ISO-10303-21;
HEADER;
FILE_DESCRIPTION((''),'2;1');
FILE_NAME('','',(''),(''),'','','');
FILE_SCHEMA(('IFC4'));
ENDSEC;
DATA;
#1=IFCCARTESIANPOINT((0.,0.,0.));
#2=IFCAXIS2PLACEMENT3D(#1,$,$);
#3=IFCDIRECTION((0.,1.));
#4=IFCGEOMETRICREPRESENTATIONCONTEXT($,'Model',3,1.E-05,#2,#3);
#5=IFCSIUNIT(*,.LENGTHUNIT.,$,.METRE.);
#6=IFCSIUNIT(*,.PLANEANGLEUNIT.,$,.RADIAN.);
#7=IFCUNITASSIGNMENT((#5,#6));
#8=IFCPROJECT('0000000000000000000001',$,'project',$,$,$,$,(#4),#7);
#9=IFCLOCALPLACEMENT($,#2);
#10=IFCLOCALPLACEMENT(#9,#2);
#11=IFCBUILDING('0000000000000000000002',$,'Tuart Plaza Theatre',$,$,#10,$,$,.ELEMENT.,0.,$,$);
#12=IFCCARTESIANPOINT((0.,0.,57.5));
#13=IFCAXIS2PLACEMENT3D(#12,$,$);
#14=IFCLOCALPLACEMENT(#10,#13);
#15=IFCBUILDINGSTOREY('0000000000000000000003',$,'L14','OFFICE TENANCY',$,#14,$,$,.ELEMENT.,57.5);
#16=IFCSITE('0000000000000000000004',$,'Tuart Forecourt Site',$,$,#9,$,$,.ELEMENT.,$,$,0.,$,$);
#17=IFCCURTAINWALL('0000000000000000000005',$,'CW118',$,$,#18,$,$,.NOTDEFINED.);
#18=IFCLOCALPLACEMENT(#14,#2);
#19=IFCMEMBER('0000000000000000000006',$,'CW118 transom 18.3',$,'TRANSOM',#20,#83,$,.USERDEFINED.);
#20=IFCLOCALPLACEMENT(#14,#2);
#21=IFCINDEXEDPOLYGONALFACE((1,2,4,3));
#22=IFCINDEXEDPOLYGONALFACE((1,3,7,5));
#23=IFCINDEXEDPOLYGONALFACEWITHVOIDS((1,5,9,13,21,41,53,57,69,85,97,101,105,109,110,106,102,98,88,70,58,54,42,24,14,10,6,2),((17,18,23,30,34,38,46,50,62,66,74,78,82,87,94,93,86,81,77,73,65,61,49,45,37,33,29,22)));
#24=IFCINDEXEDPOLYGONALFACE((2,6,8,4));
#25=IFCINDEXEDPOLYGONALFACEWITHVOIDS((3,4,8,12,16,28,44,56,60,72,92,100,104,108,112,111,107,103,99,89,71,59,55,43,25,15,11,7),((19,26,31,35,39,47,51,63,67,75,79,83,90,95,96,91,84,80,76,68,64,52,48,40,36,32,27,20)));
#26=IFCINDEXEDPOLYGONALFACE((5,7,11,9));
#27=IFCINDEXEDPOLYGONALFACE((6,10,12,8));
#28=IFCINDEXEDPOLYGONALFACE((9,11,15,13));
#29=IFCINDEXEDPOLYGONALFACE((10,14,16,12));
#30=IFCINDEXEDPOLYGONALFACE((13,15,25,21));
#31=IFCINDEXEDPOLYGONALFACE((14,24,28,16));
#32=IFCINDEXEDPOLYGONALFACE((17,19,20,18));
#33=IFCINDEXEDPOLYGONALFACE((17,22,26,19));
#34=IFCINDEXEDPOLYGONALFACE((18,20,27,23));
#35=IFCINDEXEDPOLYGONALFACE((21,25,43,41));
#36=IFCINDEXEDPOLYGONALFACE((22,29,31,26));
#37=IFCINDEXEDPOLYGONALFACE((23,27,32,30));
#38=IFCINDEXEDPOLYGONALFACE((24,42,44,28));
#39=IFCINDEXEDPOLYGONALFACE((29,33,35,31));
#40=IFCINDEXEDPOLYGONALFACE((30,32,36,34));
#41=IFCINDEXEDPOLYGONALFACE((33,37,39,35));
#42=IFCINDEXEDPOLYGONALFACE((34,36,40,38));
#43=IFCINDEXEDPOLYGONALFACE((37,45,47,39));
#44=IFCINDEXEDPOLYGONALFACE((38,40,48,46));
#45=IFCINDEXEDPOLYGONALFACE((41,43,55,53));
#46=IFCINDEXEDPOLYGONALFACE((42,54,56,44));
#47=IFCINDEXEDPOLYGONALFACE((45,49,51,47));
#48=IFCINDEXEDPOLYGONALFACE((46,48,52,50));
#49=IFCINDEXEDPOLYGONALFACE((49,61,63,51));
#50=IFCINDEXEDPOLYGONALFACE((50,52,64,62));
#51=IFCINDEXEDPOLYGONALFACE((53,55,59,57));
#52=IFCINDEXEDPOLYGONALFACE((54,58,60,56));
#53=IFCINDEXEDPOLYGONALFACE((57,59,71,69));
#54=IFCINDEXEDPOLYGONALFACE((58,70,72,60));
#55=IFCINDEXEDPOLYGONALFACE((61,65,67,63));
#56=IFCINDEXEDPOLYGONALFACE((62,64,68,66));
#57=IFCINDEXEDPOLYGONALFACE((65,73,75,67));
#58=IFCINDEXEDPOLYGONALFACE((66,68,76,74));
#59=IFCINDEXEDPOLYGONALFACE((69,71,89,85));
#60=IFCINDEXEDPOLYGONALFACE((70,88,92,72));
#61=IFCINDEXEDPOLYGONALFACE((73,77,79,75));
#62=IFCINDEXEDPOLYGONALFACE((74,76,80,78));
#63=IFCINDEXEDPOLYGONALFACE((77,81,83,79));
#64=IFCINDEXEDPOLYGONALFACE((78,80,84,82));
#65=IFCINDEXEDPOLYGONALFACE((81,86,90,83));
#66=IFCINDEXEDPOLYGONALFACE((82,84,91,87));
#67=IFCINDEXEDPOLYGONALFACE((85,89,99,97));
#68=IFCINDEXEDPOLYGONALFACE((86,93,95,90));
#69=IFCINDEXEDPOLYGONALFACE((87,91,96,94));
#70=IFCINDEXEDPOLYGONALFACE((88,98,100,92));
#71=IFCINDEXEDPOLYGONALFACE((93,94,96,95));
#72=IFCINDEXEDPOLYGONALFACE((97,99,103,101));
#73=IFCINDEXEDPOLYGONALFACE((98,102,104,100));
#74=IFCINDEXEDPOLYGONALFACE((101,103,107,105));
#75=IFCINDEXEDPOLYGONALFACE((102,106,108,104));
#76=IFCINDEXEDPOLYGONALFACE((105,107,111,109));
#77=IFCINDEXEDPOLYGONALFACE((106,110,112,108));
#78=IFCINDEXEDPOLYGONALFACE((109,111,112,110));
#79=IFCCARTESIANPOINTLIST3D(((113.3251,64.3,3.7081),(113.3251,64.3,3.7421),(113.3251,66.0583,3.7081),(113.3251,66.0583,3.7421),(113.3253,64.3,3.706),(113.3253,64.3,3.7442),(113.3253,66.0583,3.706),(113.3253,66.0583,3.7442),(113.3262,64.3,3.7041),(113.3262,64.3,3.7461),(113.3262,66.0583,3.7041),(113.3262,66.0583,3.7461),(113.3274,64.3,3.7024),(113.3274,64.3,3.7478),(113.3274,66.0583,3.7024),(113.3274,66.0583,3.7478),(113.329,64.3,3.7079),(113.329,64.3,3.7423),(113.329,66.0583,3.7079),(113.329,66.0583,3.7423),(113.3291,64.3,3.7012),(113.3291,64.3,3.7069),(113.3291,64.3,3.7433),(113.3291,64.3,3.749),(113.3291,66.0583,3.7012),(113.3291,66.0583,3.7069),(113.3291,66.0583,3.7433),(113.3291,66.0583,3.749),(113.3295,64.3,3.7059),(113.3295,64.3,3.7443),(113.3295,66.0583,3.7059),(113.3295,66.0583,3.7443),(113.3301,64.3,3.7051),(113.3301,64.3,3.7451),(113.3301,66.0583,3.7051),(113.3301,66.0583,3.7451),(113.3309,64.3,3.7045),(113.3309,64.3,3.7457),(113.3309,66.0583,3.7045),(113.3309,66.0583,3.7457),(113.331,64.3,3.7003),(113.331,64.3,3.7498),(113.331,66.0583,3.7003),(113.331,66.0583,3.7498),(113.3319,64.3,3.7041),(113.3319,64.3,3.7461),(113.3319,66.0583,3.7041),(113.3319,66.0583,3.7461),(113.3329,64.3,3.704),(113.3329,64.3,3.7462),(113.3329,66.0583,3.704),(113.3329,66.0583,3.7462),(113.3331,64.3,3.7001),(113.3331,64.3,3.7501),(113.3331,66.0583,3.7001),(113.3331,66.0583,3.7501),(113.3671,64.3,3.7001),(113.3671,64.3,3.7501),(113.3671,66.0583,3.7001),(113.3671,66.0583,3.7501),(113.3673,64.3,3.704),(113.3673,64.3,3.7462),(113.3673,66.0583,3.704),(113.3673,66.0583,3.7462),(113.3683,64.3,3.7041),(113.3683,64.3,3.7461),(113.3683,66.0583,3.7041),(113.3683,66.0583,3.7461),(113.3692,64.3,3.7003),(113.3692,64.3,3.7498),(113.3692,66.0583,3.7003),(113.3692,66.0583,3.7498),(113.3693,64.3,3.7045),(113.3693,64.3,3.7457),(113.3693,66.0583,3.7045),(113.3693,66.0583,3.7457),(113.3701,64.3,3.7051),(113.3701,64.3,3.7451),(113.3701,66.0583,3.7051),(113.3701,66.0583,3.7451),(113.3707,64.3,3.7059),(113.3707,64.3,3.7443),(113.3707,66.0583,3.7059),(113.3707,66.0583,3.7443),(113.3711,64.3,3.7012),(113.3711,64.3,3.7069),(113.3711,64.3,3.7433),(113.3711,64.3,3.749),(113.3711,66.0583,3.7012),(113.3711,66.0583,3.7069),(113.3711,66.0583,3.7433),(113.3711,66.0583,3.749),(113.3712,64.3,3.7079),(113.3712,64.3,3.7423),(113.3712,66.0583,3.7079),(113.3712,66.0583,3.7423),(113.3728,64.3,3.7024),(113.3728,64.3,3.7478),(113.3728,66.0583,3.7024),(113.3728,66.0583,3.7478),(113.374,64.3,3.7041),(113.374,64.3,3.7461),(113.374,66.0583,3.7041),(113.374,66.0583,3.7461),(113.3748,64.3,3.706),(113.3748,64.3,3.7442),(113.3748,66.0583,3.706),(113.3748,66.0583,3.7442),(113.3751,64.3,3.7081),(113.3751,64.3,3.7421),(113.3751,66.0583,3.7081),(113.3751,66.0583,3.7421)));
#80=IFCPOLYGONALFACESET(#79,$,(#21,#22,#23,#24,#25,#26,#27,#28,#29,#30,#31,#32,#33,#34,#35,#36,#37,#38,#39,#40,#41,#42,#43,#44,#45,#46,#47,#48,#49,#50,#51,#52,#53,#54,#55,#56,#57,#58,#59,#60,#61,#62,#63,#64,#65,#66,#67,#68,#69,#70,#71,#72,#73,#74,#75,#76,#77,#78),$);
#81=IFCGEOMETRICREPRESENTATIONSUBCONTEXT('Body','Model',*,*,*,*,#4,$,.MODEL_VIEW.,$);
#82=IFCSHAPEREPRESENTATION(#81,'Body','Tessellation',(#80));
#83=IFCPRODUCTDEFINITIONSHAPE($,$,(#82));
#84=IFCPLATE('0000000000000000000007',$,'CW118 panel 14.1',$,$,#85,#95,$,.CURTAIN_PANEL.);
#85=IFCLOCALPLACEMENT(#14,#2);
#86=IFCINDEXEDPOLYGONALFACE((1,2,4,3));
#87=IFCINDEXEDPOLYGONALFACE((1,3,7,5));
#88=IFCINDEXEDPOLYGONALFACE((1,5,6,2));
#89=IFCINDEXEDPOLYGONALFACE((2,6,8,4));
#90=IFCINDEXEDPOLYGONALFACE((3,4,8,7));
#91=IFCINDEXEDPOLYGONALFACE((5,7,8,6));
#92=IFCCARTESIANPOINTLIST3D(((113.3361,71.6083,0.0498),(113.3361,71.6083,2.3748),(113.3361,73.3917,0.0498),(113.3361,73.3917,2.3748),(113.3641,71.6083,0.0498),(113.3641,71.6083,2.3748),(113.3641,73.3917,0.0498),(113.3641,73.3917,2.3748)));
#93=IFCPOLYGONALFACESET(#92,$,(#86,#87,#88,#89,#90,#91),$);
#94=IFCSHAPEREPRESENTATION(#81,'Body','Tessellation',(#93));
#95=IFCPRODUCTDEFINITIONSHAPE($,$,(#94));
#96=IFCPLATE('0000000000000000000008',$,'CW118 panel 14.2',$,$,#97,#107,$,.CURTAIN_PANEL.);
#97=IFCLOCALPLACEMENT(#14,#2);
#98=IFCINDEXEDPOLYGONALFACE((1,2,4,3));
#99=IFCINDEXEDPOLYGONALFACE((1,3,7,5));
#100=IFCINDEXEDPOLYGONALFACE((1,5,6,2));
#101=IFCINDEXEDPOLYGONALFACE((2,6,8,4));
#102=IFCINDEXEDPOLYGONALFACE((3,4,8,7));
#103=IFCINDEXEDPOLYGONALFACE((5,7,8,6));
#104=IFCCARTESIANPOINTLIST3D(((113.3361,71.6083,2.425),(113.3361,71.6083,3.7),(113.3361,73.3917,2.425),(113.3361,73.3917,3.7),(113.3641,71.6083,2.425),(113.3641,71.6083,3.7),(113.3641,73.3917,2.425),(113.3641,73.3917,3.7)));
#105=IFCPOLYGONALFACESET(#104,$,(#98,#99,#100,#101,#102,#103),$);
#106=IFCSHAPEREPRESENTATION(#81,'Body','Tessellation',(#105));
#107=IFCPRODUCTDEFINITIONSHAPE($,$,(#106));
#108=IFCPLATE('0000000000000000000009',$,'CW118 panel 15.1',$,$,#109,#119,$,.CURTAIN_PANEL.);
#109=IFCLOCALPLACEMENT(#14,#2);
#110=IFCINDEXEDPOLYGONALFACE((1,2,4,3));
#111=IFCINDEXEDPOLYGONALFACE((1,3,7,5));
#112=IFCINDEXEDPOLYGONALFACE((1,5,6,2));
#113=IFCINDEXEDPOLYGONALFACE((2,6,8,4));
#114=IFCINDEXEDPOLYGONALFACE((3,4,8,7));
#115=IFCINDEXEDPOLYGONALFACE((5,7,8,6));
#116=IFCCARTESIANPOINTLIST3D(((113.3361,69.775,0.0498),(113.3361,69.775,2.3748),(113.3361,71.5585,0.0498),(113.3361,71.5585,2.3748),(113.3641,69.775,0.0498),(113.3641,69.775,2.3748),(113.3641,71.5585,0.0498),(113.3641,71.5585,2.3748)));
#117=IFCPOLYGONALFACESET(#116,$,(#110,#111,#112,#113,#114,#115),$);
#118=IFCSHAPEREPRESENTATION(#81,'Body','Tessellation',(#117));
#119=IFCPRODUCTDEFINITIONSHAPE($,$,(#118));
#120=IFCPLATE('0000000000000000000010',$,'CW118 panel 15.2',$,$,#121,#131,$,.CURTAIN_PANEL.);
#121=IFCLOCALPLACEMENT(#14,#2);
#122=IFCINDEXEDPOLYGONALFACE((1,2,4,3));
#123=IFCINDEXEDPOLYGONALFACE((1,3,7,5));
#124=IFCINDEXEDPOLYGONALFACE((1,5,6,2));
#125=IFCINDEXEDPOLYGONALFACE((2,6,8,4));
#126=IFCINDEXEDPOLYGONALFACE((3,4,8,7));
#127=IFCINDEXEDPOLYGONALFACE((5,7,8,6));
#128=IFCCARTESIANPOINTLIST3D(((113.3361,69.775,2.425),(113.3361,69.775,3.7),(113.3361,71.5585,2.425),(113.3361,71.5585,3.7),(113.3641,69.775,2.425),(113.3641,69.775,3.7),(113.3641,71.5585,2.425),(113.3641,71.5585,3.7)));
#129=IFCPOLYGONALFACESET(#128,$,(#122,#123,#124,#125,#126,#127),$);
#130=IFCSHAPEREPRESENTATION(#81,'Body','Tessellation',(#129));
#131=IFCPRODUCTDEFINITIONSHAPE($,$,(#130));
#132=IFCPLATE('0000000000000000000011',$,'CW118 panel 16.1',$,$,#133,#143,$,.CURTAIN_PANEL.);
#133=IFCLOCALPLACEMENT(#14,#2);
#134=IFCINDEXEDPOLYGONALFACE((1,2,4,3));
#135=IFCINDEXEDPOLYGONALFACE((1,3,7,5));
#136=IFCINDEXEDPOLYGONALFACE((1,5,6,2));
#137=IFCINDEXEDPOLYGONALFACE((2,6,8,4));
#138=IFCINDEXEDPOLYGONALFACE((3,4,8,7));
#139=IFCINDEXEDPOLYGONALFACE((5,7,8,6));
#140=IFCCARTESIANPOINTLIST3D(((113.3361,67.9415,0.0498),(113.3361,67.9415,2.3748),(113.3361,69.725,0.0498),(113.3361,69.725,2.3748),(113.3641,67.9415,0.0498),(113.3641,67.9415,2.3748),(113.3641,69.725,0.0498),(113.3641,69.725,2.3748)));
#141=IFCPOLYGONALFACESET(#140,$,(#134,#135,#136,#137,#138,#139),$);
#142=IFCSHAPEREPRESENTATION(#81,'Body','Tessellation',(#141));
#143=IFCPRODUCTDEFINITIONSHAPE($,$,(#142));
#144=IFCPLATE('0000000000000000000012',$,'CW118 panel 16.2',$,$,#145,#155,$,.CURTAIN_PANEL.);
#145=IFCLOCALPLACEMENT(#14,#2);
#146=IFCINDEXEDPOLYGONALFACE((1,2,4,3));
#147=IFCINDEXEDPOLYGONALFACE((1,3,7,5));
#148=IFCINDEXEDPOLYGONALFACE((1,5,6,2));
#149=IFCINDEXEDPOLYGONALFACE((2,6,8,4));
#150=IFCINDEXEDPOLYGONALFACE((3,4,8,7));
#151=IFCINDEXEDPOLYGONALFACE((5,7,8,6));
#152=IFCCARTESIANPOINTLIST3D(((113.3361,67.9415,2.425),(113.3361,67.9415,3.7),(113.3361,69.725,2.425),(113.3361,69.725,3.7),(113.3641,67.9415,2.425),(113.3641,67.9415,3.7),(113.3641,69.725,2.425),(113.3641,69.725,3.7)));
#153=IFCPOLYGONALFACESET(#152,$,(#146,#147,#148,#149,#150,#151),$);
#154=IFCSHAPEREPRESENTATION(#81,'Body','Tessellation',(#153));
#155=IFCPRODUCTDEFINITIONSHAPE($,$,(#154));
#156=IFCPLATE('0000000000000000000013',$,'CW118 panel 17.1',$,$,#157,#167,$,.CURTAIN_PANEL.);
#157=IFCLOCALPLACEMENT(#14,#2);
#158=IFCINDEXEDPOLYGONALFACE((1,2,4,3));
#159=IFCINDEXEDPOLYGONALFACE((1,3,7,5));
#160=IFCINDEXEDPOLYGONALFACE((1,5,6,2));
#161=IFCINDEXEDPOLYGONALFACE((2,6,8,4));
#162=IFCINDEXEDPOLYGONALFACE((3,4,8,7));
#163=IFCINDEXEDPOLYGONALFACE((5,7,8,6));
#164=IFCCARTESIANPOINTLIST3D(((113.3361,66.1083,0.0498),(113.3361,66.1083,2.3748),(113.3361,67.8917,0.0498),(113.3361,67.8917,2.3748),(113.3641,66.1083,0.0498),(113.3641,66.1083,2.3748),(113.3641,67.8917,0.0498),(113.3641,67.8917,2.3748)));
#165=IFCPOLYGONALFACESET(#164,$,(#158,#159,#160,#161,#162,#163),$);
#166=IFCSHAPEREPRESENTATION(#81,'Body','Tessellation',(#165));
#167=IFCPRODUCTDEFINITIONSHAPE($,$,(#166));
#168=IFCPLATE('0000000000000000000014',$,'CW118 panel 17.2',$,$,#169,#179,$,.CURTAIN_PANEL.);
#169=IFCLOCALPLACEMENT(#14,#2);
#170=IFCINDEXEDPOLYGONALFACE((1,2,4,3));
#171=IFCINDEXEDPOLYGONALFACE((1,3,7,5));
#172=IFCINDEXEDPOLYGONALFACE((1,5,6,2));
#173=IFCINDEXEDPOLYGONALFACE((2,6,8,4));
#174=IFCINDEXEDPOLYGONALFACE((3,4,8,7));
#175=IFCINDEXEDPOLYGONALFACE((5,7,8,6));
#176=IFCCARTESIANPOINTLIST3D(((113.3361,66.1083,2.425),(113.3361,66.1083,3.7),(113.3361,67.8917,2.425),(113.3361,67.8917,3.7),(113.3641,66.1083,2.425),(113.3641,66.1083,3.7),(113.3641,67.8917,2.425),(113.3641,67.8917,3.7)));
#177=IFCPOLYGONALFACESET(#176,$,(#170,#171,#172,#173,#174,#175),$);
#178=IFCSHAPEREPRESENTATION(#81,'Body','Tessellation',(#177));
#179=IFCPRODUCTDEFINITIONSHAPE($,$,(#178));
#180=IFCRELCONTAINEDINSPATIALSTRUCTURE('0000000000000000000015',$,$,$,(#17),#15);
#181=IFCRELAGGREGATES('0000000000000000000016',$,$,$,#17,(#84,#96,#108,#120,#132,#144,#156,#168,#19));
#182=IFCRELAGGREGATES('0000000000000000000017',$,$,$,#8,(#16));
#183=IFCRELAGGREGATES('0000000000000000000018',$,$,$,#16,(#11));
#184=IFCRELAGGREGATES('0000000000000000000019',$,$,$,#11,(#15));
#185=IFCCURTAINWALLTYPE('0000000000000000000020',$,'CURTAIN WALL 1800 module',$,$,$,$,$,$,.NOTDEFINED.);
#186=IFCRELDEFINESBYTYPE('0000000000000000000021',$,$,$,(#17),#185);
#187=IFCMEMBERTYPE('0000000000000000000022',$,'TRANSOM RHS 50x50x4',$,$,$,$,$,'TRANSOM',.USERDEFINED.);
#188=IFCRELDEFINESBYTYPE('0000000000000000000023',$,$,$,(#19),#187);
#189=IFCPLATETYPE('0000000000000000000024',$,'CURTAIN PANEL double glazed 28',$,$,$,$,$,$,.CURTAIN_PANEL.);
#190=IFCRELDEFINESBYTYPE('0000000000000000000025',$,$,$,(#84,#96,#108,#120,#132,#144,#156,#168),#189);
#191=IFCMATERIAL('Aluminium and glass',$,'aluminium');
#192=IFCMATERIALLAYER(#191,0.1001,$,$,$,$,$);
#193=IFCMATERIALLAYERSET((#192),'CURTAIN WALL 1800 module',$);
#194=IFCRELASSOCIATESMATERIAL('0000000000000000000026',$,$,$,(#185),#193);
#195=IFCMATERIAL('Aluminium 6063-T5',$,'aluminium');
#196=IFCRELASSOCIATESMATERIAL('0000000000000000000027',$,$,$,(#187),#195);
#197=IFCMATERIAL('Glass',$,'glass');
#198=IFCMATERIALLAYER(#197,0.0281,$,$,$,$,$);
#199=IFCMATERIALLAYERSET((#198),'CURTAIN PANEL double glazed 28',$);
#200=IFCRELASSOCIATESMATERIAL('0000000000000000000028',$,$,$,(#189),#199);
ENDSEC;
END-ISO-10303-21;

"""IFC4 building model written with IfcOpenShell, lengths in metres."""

from ifc_helpers import new_model, si_unit, direction, frame, origin, origin_2d, place, context, subcontext, project, spatial, rectangle, hollow_rectangle, extrude, material, layer, layer_set, material_profile, profile_set, type_object, element, aggregate, save


model = new_model("IFC4")

# Units and contexts
model_context = context("Model", 3, precision=1e-05, world=origin(), true_north=direction((0.0, 1.0)))
body_context = subcontext(model_context, "Body", "Model", "MODEL_VIEW")
ifc_project = project(units=[si_unit("LENGTHUNIT", "METRE"), si_unit("PLANEANGLEUNIT", "RADIAN")], contexts=[model_context])

# Site, building, storey
site_placement = place(None, origin())
site = spatial("IfcSite", under=ifc_project, at=site_placement, Name="Tuart Forecourt Site", CompositionType="ELEMENT", RefElevation=0.0)
building_placement = place(site_placement, origin())
building = spatial("IfcBuilding", under=site, at=building_placement, Name="Tuart Plaza Theatre", CompositionType="ELEMENT", ElevationOfRefHeight=0.0)
storey_placement = place(building_placement, frame((0.0, 0.0, 57.5)))
storey = spatial("IfcBuildingStorey", under=building, at=storey_placement, Name="L14", Description="OFFICE TENANCY", CompositionType="ELEMENT", Elevation=57.5)

# Curtain wall, member, plates
ifc_material_1 = material(Name="Aluminium and glass", Category="aluminium")
ifc_layer_1 = layer(ifc_material_1, 0.1001)
ifc_layer_set_1 = layer_set([ifc_layer_1], Name="CURTAIN WALL 1800 module")
curtain_wall_type = type_object("IfcCurtainWallType", Name="CURTAIN WALL 1800 module", PredefinedType="NOTDEFINED", material=ifc_layer_set_1)
curtain_wall_placement = place(storey_placement, origin())
curtain_wall = element("IfcCurtainWall", 1, at=curtain_wall_placement, inside=storey, type_object=curtain_wall_type, Name="CW118", PredefinedType="NOTDEFINED")
ifc_material_2 = material(Name="Aluminium 6063-T5", Category="aluminium")
ifc_material_profile = material_profile(ifc_material_2, hollow_rectangle(XDim=0.05, YDim=0.05, WallThickness=0.0039, InnerFilletRadius=0.0039, OuterFilletRadius=0.0081, at=origin_2d()), Name="RHS 50x50x4")
ifc_profile_set = profile_set([ifc_material_profile], Name="Aluminium 6063-T5")
member_type = type_object("IfcMemberType", Name="TRANSOM RHS 50x50x4", ElementType="TRANSOM", PredefinedType="USERDEFINED", material=ifc_profile_set)
member_1_placement = place(storey_placement, frame((113.3501, 66.0583, 3.7251), z_axis=(0.0, -1.0, 0.0), x_axis=(1.0, 0.0, 0.0)))
member_1 = element("IfcMember", 2, at=member_1_placement, type_object=member_type, Name="CW118 transom 18.3", ObjectType="TRANSOM", PredefinedType="USERDEFINED", context=body_context, shape_type="SweptSolid", body=[
    extrude(hollow_rectangle(XDim=0.05, YDim=0.05, WallThickness=0.0039, InnerFilletRadius=0.0039, OuterFilletRadius=0.0081, at=origin_2d()), origin(), (0.0, 0.0, 1.0), 1.7583),
])
ifc_material_3 = material(Name="Glass", Category="glass")
ifc_layer_2 = layer(ifc_material_3, 0.0281)
ifc_layer_set_2 = layer_set([ifc_layer_2], Name="CURTAIN PANEL double glazed 28")
plate_type = type_object("IfcPlateType", Name="CURTAIN PANEL double glazed 28", PredefinedType="CURTAIN_PANEL", material=ifc_layer_set_2)
plate_1_placement = place(storey_placement, frame((113.3501, 72.5, 0.0498), z_axis=(0.0, 0.0, 1.0), x_axis=(0.0, -1.0, 0.0)))
plate_1 = element("IfcPlate", 3, at=plate_1_placement, type_object=plate_type, Name="CW118 panel 14.1", PredefinedType="CURTAIN_PANEL", context=body_context, shape_type="SweptSolid", body=[
    extrude(rectangle(XDim=1.7834, YDim=0.0281, at=origin_2d()), origin(), (0.0, 0.0, 1.0), 2.325),
])
plate_2_placement = place(storey_placement, frame((113.3501, 72.5, 2.425), z_axis=(0.0, 0.0, 1.0), x_axis=(0.0, -1.0, 0.0)))
plate_2 = element("IfcPlate", 4, at=plate_2_placement, type_object=plate_type, Name="CW118 panel 14.2", PredefinedType="CURTAIN_PANEL", context=body_context, shape_type="SweptSolid", body=[
    extrude(rectangle(XDim=1.7834, YDim=0.0281, at=origin_2d()), origin(), (0.0, 0.0, 1.0), 1.2749),
])
plate_3_placement = place(storey_placement, frame((113.3501, 70.6667, 0.0498), z_axis=(0.0, 0.0, 1.0), x_axis=(0.0, -1.0, 0.0)))
plate_3 = element("IfcPlate", 5, at=plate_3_placement, type_object=plate_type, Name="CW118 panel 15.1", PredefinedType="CURTAIN_PANEL", context=body_context, shape_type="SweptSolid", body=[
    extrude(rectangle(XDim=1.7834, YDim=0.0281, at=origin_2d()), origin(), (0.0, 0.0, 1.0), 2.325),
])
plate_4_placement = place(storey_placement, frame((113.3501, 70.6667, 2.425), z_axis=(0.0, 0.0, 1.0), x_axis=(0.0, -1.0, 0.0)))
plate_4 = element("IfcPlate", 6, at=plate_4_placement, type_object=plate_type, Name="CW118 panel 15.2", PredefinedType="CURTAIN_PANEL", context=body_context, shape_type="SweptSolid", body=[
    extrude(rectangle(XDim=1.7834, YDim=0.0281, at=origin_2d()), origin(), (0.0, 0.0, 1.0), 1.2749),
])
plate_5_placement = place(storey_placement, frame((113.3501, 68.8333, 0.0498), z_axis=(0.0, 0.0, 1.0), x_axis=(0.0, -1.0, 0.0)))
plate_5 = element("IfcPlate", 7, at=plate_5_placement, type_object=plate_type, Name="CW118 panel 16.1", PredefinedType="CURTAIN_PANEL", context=body_context, shape_type="SweptSolid", body=[
    extrude(rectangle(XDim=1.7834, YDim=0.0281, at=origin_2d()), origin(), (0.0, 0.0, 1.0), 2.325),
])
plate_6_placement = place(storey_placement, frame((113.3501, 68.8333, 2.425), z_axis=(0.0, 0.0, 1.0), x_axis=(0.0, -1.0, 0.0)))
plate_6 = element("IfcPlate", 8, at=plate_6_placement, type_object=plate_type, Name="CW118 panel 16.2", PredefinedType="CURTAIN_PANEL", context=body_context, shape_type="SweptSolid", body=[
    extrude(rectangle(XDim=1.7834, YDim=0.0281, at=origin_2d()), origin(), (0.0, 0.0, 1.0), 1.2749),
])
plate_7_placement = place(storey_placement, frame((113.3501, 67.0, 0.0498), z_axis=(0.0, 0.0, 1.0), x_axis=(0.0, -1.0, 0.0)))
plate_7 = element("IfcPlate", 9, at=plate_7_placement, type_object=plate_type, Name="CW118 panel 17.1", PredefinedType="CURTAIN_PANEL", context=body_context, shape_type="SweptSolid", body=[
    extrude(rectangle(XDim=1.7834, YDim=0.0281, at=origin_2d()), origin(), (0.0, 0.0, 1.0), 2.325),
])
plate_8_placement = place(storey_placement, frame((113.3501, 67.0, 2.425), z_axis=(0.0, 0.0, 1.0), x_axis=(0.0, -1.0, 0.0)))
plate_8 = element("IfcPlate", 10, at=plate_8_placement, type_object=plate_type, Name="CW118 panel 17.2", PredefinedType="CURTAIN_PANEL", context=body_context, shape_type="SweptSolid", body=[
    extrude(rectangle(XDim=1.7834, YDim=0.0281, at=origin_2d()), origin(), (0.0, 0.0, 1.0), 1.2749),
])
aggregate(curtain_wall, [plate_1, plate_2, plate_3, plate_4, plate_5, plate_6, plate_7, plate_8, member_1])

save(model, "model.ifc")
